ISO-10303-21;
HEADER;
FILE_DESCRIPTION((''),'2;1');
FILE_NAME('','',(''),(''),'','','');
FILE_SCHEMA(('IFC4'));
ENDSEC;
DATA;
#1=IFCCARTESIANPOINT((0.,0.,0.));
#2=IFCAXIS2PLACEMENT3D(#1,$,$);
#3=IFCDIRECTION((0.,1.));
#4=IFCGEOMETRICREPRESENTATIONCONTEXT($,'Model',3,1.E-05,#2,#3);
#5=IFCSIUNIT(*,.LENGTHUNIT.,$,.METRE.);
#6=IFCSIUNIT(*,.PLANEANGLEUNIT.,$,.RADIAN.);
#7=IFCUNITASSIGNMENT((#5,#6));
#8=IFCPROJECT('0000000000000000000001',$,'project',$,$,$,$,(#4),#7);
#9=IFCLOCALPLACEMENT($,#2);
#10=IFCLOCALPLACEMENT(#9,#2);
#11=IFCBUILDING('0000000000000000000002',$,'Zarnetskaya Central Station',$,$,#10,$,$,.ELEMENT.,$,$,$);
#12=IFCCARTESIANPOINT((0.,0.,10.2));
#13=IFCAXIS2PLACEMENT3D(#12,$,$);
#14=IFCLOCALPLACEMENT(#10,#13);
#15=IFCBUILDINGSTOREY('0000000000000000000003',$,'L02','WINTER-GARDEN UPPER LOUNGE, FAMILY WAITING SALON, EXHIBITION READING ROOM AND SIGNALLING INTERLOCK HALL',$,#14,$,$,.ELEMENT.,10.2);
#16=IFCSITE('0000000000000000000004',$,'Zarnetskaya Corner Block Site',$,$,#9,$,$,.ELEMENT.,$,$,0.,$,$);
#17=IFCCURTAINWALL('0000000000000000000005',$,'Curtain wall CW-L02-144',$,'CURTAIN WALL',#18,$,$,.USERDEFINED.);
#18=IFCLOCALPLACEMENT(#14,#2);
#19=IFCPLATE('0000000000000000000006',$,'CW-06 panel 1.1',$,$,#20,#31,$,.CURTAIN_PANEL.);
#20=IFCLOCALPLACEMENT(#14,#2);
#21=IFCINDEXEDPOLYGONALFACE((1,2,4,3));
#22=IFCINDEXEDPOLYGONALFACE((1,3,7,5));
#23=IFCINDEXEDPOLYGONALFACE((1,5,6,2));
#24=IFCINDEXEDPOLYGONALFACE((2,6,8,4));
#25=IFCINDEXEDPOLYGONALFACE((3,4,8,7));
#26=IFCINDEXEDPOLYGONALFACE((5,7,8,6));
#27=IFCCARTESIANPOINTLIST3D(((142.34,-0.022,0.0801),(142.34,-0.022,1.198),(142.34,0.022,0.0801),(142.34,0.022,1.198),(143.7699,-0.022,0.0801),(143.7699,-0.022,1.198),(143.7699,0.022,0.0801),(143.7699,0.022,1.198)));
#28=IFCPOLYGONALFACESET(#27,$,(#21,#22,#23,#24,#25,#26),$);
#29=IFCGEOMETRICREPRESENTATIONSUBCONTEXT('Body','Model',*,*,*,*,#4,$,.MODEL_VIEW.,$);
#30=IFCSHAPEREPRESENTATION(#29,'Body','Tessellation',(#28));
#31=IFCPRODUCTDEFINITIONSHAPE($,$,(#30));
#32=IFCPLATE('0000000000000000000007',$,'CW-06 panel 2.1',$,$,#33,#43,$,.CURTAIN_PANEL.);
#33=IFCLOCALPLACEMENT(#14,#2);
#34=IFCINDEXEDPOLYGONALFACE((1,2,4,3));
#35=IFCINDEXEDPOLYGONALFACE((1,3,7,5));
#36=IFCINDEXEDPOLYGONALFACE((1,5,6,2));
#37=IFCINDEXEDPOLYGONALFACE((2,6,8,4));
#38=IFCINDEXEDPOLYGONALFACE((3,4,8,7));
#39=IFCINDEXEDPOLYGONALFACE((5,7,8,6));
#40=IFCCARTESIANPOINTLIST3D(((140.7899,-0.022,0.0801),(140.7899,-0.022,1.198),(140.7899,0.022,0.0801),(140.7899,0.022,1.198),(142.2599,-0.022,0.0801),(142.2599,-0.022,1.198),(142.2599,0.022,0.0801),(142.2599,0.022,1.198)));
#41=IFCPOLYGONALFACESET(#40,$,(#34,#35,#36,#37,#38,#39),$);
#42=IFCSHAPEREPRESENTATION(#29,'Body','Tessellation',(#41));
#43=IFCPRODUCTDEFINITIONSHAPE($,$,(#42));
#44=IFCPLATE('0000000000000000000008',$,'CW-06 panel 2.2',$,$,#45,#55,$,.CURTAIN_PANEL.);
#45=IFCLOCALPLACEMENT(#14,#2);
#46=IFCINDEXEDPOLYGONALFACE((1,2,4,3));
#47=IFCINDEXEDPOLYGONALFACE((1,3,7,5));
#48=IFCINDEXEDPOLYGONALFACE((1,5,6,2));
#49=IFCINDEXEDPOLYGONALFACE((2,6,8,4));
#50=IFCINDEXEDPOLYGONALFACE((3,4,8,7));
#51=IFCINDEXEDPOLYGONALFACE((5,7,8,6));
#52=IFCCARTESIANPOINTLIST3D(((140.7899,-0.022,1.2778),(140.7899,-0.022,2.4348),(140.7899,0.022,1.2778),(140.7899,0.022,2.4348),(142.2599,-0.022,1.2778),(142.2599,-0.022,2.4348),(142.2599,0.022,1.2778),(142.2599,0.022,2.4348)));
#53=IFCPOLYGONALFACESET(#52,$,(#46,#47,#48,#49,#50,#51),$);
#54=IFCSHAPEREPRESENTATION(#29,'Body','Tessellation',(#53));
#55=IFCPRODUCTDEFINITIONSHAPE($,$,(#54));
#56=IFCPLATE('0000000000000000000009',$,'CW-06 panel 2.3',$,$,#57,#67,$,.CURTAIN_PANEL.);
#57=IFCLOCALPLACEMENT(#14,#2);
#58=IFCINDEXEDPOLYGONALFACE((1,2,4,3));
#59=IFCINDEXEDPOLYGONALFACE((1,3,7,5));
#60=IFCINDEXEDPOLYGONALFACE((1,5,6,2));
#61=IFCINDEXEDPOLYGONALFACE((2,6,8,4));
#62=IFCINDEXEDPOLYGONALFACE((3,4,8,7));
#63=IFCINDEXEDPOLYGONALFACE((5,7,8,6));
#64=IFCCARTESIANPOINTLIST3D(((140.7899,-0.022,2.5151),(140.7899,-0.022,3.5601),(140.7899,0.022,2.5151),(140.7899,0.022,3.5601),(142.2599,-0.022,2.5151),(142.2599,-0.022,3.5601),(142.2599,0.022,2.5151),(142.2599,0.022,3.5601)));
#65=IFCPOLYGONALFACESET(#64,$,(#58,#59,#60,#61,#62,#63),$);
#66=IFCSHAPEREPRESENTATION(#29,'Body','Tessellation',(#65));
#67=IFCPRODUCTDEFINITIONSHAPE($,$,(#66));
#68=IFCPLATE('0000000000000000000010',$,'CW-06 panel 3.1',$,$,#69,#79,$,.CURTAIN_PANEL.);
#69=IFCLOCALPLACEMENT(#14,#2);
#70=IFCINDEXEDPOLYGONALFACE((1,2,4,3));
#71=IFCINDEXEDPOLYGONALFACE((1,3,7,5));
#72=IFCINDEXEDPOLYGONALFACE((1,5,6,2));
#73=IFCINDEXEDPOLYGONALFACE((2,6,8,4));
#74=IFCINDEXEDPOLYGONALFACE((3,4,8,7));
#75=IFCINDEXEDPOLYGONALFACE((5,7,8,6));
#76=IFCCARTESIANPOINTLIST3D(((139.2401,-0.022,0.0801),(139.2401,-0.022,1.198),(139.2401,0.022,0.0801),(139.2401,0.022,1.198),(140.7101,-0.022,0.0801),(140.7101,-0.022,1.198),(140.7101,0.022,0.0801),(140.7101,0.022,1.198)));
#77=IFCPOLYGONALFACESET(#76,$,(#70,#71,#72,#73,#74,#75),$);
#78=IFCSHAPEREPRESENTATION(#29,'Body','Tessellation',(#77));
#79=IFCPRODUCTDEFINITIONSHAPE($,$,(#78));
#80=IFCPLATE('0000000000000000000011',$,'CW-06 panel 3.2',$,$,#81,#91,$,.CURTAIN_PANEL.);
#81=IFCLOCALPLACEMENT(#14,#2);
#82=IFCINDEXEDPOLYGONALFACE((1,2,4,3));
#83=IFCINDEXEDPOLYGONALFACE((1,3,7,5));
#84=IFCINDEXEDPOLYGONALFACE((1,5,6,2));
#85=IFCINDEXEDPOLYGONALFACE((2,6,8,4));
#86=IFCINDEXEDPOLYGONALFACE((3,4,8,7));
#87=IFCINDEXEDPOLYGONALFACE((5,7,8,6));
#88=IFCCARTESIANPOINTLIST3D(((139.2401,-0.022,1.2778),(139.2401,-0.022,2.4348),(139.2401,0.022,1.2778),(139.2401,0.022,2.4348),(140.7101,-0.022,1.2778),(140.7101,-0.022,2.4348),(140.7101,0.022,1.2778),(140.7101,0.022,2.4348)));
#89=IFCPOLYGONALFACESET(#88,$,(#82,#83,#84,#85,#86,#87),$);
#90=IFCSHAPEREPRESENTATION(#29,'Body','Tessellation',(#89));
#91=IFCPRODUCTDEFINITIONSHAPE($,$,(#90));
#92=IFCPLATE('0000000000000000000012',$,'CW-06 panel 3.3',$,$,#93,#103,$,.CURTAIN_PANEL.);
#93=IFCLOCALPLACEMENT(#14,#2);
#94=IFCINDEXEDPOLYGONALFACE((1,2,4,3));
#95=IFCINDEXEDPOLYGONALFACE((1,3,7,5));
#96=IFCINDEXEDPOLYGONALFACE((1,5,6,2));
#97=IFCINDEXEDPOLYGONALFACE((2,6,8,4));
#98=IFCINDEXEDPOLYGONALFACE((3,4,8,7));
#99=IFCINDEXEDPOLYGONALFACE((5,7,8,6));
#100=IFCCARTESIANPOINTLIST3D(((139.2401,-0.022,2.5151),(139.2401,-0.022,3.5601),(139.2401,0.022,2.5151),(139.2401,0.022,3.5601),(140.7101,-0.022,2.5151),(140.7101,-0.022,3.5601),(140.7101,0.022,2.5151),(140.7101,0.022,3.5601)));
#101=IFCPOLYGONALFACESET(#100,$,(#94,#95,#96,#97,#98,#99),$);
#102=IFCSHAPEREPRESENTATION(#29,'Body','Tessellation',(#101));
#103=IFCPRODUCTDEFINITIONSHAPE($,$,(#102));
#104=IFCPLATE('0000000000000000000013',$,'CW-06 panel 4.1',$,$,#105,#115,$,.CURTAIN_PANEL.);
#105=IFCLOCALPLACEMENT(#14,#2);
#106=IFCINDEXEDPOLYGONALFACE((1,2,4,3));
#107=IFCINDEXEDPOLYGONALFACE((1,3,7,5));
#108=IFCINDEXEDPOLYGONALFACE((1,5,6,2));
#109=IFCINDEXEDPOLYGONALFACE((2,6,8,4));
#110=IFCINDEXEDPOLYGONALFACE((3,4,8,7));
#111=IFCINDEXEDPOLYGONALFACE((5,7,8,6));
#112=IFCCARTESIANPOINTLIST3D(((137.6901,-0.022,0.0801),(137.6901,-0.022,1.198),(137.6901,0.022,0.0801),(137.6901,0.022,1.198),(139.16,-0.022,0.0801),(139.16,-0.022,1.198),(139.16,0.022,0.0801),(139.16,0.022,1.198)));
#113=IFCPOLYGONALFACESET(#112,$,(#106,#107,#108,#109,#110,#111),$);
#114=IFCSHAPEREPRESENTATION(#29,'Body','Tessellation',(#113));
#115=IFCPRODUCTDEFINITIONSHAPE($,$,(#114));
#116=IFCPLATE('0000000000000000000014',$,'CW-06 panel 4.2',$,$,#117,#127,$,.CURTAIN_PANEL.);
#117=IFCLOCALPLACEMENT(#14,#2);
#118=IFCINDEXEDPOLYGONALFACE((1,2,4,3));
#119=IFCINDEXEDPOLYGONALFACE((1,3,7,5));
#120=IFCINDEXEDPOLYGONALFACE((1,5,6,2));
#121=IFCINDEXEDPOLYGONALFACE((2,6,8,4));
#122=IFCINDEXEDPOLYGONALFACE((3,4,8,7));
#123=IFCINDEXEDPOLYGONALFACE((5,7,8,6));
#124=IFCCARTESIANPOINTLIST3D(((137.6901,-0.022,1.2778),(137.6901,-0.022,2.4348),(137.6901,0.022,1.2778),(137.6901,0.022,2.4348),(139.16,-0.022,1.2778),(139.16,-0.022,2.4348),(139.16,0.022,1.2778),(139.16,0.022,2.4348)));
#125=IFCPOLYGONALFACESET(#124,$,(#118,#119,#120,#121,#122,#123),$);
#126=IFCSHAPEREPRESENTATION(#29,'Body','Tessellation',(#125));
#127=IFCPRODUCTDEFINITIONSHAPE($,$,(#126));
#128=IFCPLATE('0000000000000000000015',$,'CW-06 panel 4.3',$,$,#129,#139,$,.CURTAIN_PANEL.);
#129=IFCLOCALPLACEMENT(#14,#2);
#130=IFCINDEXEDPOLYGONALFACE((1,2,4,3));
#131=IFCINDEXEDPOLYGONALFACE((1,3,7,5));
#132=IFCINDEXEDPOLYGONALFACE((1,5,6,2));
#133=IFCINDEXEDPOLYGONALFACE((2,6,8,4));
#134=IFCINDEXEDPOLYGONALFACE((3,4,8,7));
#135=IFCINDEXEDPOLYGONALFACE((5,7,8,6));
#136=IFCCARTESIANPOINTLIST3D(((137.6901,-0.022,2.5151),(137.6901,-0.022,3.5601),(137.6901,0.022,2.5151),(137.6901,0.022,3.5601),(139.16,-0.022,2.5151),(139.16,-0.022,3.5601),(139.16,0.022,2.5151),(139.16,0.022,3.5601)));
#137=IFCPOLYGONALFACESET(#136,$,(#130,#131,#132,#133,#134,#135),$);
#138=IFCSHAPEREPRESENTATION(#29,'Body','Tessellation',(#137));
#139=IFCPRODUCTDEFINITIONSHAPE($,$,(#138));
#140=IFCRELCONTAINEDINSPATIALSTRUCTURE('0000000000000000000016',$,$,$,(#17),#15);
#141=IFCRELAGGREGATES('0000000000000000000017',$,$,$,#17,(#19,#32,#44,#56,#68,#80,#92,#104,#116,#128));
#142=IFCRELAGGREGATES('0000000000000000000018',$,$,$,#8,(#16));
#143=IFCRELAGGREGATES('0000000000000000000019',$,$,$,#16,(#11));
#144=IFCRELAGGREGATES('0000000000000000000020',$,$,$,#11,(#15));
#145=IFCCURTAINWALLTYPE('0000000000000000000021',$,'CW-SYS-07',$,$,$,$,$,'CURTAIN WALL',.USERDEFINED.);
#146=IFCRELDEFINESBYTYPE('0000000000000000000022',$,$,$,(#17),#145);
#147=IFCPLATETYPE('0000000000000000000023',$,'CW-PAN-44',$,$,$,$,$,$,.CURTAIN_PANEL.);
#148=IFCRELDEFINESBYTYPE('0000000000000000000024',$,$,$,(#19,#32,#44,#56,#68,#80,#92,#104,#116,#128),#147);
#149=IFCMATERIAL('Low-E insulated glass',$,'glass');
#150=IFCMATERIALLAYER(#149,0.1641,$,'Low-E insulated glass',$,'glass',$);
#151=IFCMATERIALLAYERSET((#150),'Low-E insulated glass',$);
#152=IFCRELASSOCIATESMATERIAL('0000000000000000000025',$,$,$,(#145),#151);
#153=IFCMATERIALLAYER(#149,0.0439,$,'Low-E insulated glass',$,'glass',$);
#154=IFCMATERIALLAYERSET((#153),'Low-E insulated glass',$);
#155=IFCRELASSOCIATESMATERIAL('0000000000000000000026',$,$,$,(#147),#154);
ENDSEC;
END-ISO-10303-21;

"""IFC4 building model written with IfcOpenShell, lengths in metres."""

from ifc_helpers import new_model, si_unit, direction, frame, origin, origin_2d, place, context, subcontext, project, spatial, rectangle, extrude, material, layer, layer_set, type_object, element, aggregate, save


model = new_model("IFC4")

# Units and contexts
model_context = context("Model", 3, precision=1e-05, world=origin(), true_north=direction((0.0, 1.0)))
body_context = subcontext(model_context, "Body", "Model", "MODEL_VIEW")
ifc_project = project(units=[si_unit("LENGTHUNIT", "METRE"), si_unit("PLANEANGLEUNIT", "RADIAN")], contexts=[model_context])

# Site, building, storey
site_placement = place(None, origin())
site = spatial("IfcSite", under=ifc_project, at=site_placement, Name="Zarnetskaya Corner Block Site", CompositionType="ELEMENT", RefElevation=0.0)
building_placement = place(site_placement, origin())
building = spatial("IfcBuilding", under=site, at=building_placement, Name="Zarnetskaya Central Station", CompositionType="ELEMENT")
storey_placement = place(building_placement, frame((0.0, 0.0, 10.2)))
storey = spatial("IfcBuildingStorey", under=building, at=storey_placement, Name="L02", Description="WINTER-GARDEN UPPER LOUNGE, FAMILY WAITING SALON, EXHIBITION READING ROOM AND SIGNALLING INTERLOCK HALL", CompositionType="ELEMENT", Elevation=10.2)

# Curtain wall, plates
ifc_material_1 = material(Name="Low-E insulated glass", Category="glass")
ifc_layer_1 = layer(ifc_material_1, 0.1641, Name="Low-E insulated glass", Category="glass")
ifc_layer_set_1 = layer_set([ifc_layer_1], Name="Low-E insulated glass")
curtain_wall_type = type_object("IfcCurtainWallType", Name="CW-SYS-07", ElementType="CURTAIN WALL", PredefinedType="USERDEFINED", material=ifc_layer_set_1)
curtain_wall_placement = place(storey_placement, origin())
curtain_wall = element("IfcCurtainWall", 1, at=curtain_wall_placement, inside=storey, type_object=curtain_wall_type, Name="Curtain wall CW-L02-144", ObjectType="CURTAIN WALL", PredefinedType="USERDEFINED")
ifc_layer_2 = layer(ifc_material_1, 0.0439, Name="Low-E insulated glass", Category="glass")
ifc_layer_set_2 = layer_set([ifc_layer_2], Name="Low-E insulated glass")
plate_type = type_object("IfcPlateType", Name="CW-PAN-44", PredefinedType="CURTAIN_PANEL", material=ifc_layer_set_2)
plate_1_placement = place(storey_placement, frame((143.0549, 0.0, 0.0801), z_axis=(0.0, 0.0, 1.0), x_axis=(-1.0, 0.0, 0.0)))
plate_1 = element("IfcPlate", 2, at=plate_1_placement, type_object=plate_type, Name="CW-06 panel 1.1", PredefinedType="CURTAIN_PANEL", context=body_context, shape_type="SweptSolid", body=[
    extrude(rectangle(XDim=1.4299, YDim=0.0439, at=origin_2d()), origin(), (0.0, 0.0, 1.0), 1.1179),
])
plate_2_placement = place(storey_placement, frame((141.5249, 0.0, 0.0801), z_axis=(0.0, 0.0, 1.0), x_axis=(-1.0, 0.0, 0.0)))
plate_2 = element("IfcPlate", 3, at=plate_2_placement, type_object=plate_type, Name="CW-06 panel 2.1", PredefinedType="CURTAIN_PANEL", context=body_context, shape_type="SweptSolid", body=[
    extrude(rectangle(XDim=1.47, YDim=0.0439, at=origin_2d()), origin(), (0.0, 0.0, 1.0), 1.1179),
])
plate_3_placement = place(storey_placement, frame((141.5249, 0.0, 1.2778), z_axis=(0.0, 0.0, 1.0), x_axis=(-1.0, 0.0, 0.0)))
plate_3 = element("IfcPlate", 4, at=plate_3_placement, type_object=plate_type, Name="CW-06 panel 2.2", PredefinedType="CURTAIN_PANEL", context=body_context, shape_type="SweptSolid", body=[
    extrude(rectangle(XDim=1.47, YDim=0.0439, at=origin_2d()), origin(), (0.0, 0.0, 1.0), 1.157),
])
plate_4_placement = place(storey_placement, frame((141.5249, 0.0, 2.5151), z_axis=(0.0, 0.0, 1.0), x_axis=(-1.0, 0.0, 0.0)))
plate_4 = element("IfcPlate", 5, at=plate_4_placement, type_object=plate_type, Name="CW-06 panel 2.3", PredefinedType="CURTAIN_PANEL", context=body_context, shape_type="SweptSolid", body=[
    extrude(rectangle(XDim=1.47, YDim=0.0439, at=origin_2d()), origin(), (0.0, 0.0, 1.0), 1.0449),
])
plate_5_placement = place(storey_placement, frame((139.9751, 0.0, 0.0801), z_axis=(0.0, 0.0, 1.0), x_axis=(-1.0, 0.0, 0.0)))
plate_5 = element("IfcPlate", 6, at=plate_5_placement, type_object=plate_type, Name="CW-06 panel 3.1", PredefinedType="CURTAIN_PANEL", context=body_context, shape_type="SweptSolid", body=[
    extrude(rectangle(XDim=1.47, YDim=0.0439, at=origin_2d()), origin(), (0.0, 0.0, 1.0), 1.1179),
])
plate_6_placement = place(storey_placement, frame((139.9751, 0.0, 1.2778), z_axis=(0.0, 0.0, 1.0), x_axis=(-1.0, 0.0, 0.0)))
plate_6 = element("IfcPlate", 7, at=plate_6_placement, type_object=plate_type, Name="CW-06 panel 3.2", PredefinedType="CURTAIN_PANEL", context=body_context, shape_type="SweptSolid", body=[
    extrude(rectangle(XDim=1.47, YDim=0.0439, at=origin_2d()), origin(), (0.0, 0.0, 1.0), 1.157),
])
plate_7_placement = place(storey_placement, frame((139.9751, 0.0, 2.5151), z_axis=(0.0, 0.0, 1.0), x_axis=(-1.0, 0.0, 0.0)))
plate_7 = element("IfcPlate", 8, at=plate_7_placement, type_object=plate_type, Name="CW-06 panel 3.3", PredefinedType="CURTAIN_PANEL", context=body_context, shape_type="SweptSolid", body=[
    extrude(rectangle(XDim=1.47, YDim=0.0439, at=origin_2d()), origin(), (0.0, 0.0, 1.0), 1.0449),
])
plate_8_placement = place(storey_placement, frame((138.425, 0.0, 0.0801), z_axis=(0.0, 0.0, 1.0), x_axis=(-1.0, 0.0, 0.0)))
plate_8 = element("IfcPlate", 9, at=plate_8_placement, type_object=plate_type, Name="CW-06 panel 4.1", PredefinedType="CURTAIN_PANEL", context=body_context, shape_type="SweptSolid", body=[
    extrude(rectangle(XDim=1.47, YDim=0.0439, at=origin_2d()), origin(), (0.0, 0.0, 1.0), 1.1179),
])
plate_9_placement = place(storey_placement, frame((138.425, 0.0, 1.2778), z_axis=(0.0, 0.0, 1.0), x_axis=(-1.0, 0.0, 0.0)))
plate_9 = element("IfcPlate", 10, at=plate_9_placement, type_object=plate_type, Name="CW-06 panel 4.2", PredefinedType="CURTAIN_PANEL", context=body_context, shape_type="SweptSolid", body=[
    extrude(rectangle(XDim=1.47, YDim=0.0439, at=origin_2d()), origin(), (0.0, 0.0, 1.0), 1.157),
])
plate_10_placement = place(storey_placement, frame((138.425, 0.0, 2.5151), z_axis=(0.0, 0.0, 1.0), x_axis=(-1.0, 0.0, 0.0)))
plate_10 = element("IfcPlate", 11, at=plate_10_placement, type_object=plate_type, Name="CW-06 panel 4.3", PredefinedType="CURTAIN_PANEL", context=body_context, shape_type="SweptSolid", body=[
    extrude(rectangle(XDim=1.47, YDim=0.0439, at=origin_2d()), origin(), (0.0, 0.0, 1.0), 1.0449),
])
aggregate(curtain_wall, [plate_1, plate_2, plate_3, plate_4, plate_5, plate_6, plate_7, plate_8, plate_9, plate_10])

save(model, "model.ifc")
